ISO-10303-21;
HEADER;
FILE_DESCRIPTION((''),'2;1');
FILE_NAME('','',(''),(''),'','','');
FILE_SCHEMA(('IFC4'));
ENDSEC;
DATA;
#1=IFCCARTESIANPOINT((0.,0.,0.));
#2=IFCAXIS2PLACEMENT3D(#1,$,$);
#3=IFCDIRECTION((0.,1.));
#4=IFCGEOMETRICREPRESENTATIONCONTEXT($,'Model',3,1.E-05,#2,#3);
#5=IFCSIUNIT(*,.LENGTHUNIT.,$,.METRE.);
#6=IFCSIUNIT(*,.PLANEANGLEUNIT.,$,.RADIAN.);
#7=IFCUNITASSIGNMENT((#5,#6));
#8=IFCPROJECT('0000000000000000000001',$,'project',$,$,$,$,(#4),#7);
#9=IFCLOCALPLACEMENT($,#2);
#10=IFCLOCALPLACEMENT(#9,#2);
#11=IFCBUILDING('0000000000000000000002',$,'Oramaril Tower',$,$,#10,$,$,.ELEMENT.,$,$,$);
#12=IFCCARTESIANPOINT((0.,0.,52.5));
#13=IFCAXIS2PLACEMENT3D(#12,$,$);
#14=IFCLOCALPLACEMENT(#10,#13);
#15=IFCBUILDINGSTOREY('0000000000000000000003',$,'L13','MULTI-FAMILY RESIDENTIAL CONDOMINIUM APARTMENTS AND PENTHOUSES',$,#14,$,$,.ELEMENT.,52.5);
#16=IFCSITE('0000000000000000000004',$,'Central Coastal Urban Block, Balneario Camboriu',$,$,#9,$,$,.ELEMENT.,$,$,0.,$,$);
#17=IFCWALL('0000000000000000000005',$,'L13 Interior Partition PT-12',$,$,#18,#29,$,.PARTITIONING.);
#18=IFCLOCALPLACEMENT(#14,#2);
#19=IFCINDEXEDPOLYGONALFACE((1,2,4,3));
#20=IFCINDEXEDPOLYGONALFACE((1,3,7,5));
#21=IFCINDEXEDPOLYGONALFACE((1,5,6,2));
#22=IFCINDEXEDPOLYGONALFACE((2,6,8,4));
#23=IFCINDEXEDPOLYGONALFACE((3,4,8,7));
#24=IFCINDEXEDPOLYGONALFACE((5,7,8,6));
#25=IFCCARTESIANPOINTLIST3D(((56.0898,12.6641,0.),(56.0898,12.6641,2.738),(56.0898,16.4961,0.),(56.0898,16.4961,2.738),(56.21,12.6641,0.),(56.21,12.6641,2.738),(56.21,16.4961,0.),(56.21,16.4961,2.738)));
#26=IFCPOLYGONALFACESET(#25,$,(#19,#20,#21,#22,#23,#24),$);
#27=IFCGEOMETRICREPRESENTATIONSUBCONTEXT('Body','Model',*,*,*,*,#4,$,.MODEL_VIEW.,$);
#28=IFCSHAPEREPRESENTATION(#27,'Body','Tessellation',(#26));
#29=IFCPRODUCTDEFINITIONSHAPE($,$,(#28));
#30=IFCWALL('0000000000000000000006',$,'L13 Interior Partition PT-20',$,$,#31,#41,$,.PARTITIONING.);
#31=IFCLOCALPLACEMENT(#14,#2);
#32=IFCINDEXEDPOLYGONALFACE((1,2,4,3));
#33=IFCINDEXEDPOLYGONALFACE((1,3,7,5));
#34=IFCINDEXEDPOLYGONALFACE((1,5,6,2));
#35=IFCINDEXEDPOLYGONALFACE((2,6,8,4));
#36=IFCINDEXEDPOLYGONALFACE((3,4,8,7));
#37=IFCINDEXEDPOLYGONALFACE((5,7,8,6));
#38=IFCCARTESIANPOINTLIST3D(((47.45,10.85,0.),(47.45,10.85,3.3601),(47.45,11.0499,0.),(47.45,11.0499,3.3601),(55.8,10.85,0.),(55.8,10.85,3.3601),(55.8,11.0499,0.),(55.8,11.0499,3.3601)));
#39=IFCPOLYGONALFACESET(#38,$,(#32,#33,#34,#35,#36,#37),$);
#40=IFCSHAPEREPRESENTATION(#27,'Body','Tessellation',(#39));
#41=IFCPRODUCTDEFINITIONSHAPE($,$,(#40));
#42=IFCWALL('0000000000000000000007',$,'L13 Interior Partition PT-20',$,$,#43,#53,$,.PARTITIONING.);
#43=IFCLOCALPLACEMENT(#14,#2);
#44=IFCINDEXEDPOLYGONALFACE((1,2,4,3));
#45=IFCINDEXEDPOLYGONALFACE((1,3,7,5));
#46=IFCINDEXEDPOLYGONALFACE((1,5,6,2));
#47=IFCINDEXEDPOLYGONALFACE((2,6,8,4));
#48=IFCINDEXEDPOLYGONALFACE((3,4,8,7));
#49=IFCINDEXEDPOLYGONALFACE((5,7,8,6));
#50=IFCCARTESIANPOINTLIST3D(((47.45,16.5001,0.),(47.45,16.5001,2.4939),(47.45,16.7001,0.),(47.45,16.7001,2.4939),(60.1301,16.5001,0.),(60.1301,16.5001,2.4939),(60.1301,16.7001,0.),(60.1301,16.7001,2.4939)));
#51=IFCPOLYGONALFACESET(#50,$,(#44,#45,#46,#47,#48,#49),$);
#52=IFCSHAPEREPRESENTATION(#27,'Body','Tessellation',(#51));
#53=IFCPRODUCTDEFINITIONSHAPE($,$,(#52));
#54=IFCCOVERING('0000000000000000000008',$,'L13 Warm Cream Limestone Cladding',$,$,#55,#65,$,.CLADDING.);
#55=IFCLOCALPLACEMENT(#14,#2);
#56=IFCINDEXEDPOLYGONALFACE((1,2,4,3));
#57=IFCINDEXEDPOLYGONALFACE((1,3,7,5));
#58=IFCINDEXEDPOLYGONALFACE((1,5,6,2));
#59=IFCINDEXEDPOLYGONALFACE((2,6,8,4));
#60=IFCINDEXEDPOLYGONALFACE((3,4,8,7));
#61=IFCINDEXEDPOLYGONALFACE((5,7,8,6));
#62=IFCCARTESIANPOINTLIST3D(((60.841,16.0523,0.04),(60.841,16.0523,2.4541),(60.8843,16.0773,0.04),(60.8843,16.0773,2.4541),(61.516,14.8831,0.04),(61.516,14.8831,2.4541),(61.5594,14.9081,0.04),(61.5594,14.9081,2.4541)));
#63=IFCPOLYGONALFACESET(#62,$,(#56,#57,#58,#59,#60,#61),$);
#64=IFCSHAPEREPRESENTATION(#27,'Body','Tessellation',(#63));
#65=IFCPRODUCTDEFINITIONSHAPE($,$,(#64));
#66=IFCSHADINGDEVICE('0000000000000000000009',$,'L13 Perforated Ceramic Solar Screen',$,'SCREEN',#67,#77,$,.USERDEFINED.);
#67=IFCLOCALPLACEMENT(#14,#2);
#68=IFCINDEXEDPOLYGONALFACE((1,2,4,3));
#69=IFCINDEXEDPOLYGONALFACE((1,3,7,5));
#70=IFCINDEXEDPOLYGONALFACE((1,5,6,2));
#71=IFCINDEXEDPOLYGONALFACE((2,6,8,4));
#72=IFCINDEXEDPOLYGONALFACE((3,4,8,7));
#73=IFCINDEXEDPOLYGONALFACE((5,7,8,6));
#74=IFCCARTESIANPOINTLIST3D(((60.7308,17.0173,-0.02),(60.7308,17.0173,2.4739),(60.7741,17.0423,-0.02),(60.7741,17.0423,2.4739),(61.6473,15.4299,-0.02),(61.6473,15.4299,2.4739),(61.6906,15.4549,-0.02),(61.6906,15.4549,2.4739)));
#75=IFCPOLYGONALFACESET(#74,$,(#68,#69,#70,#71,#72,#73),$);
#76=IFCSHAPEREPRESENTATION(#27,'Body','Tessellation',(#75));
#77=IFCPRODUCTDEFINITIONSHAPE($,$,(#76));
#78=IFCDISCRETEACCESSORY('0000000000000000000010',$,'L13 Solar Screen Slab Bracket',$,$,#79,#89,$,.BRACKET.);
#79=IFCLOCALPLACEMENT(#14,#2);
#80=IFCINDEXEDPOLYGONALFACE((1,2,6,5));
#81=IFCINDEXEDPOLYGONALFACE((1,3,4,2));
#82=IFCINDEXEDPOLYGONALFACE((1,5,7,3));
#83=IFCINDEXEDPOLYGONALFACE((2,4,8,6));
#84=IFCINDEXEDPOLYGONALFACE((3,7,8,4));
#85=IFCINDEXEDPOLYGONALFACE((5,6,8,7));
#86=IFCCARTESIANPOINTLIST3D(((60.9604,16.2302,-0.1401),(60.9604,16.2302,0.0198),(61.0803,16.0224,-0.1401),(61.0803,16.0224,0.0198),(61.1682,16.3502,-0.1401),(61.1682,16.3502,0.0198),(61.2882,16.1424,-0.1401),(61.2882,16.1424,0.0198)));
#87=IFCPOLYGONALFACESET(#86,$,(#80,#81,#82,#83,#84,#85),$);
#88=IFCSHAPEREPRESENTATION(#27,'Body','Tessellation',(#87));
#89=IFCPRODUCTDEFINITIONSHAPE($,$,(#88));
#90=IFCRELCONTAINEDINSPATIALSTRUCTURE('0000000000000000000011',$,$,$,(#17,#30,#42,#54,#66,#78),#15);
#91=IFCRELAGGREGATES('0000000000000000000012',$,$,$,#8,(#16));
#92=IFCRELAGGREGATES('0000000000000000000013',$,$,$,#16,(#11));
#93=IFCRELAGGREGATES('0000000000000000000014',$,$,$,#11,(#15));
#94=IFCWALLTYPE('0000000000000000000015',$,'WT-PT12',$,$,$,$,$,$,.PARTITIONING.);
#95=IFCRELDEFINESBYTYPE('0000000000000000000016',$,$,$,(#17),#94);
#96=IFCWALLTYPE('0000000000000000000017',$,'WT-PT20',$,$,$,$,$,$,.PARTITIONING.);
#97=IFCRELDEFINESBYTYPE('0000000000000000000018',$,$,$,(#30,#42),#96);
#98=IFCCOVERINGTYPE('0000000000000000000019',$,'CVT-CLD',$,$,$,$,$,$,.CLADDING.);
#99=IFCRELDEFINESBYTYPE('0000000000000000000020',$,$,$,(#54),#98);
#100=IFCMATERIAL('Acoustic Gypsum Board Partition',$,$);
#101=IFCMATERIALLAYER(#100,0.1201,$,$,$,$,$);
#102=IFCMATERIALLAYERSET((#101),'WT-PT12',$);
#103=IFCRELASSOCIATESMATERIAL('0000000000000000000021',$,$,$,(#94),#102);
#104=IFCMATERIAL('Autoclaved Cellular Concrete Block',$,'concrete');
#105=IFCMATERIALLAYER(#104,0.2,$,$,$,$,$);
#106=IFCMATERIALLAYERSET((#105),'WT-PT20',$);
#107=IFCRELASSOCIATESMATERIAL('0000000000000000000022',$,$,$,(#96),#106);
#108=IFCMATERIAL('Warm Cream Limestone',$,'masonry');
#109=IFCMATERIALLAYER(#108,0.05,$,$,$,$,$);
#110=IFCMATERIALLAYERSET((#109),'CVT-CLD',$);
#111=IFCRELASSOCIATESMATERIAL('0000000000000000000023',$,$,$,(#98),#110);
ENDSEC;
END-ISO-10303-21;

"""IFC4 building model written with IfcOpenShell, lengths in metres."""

from ifc_helpers import new_model, si_unit, direction, frame, frame_2d, origin, origin_2d, place, context, subcontext, project, spatial, rectangle, extrude, material, layer, layer_set, type_object, element, save


model = new_model("IFC4")

# Units and contexts
model_context = context("Model", 3, precision=1e-05, world=origin(), true_north=direction((0.0, 1.0)))
body_context = subcontext(model_context, "Body", "Model", "MODEL_VIEW")
ifc_project = project(units=[si_unit("LENGTHUNIT", "METRE"), si_unit("PLANEANGLEUNIT", "RADIAN")], contexts=[model_context])

# Site, building, storey
site_placement = place(None, origin())
site = spatial("IfcSite", under=ifc_project, at=site_placement, Name="Central Coastal Urban Block, Balneario Camboriu", CompositionType="ELEMENT", RefElevation=0.0)
building_placement = place(site_placement, origin())
building = spatial("IfcBuilding", under=site, at=building_placement, Name="Oramaril Tower", CompositionType="ELEMENT")
storey_placement = place(building_placement, frame((0.0, 0.0, 52.5)))
storey = spatial("IfcBuildingStorey", under=building, at=storey_placement, Name="L13", Description="MULTI-FAMILY RESIDENTIAL CONDOMINIUM APARTMENTS AND PENTHOUSES", CompositionType="ELEMENT", Elevation=52.5)

# Wall
ifc_material_1 = material(Name="Acoustic Gypsum Board Partition")
ifc_layer_1 = layer(ifc_material_1, 0.1201)
ifc_layer_set_1 = layer_set([ifc_layer_1], Name="WT-PT12")
wall_type_1 = type_object("IfcWallType", Name="WT-PT12", PredefinedType="PARTITIONING", material=ifc_layer_set_1)
wall_1_placement = place(storey_placement, frame((56.1499, 12.6641, 0.0), z_axis=(0.0, 0.0, 1.0), x_axis=(0.0, 1.0, 0.0)))
element("IfcWall", 1, at=wall_1_placement, inside=storey, type_object=wall_type_1, Name="L13 Interior Partition PT-12", PredefinedType="PARTITIONING", context=body_context, shape_type="SweptSolid", body=[
    extrude(rectangle(XDim=3.832, YDim=0.1201, at=frame_2d((1.916, 0.0))), origin(), (0.0, 0.0, 1.0), 2.738),
])

# Walls
ifc_material_2 = material(Name="Autoclaved Cellular Concrete Block", Category="concrete")
ifc_layer_2 = layer(ifc_material_2, 0.2)
ifc_layer_set_2 = layer_set([ifc_layer_2], Name="WT-PT20")
wall_type_2 = type_object("IfcWallType", Name="WT-PT20", PredefinedType="PARTITIONING", material=ifc_layer_set_2)
wall_2_placement = place(storey_placement, frame((47.45, 10.95, 0.0), z_axis=(0.0, 0.0, 1.0), x_axis=(1.0, 0.0, 0.0)))
element("IfcWall", 2, at=wall_2_placement, inside=storey, type_object=wall_type_2, Name="L13 Interior Partition PT-20", PredefinedType="PARTITIONING", context=body_context, shape_type="SweptSolid", body=[
    extrude(rectangle(XDim=8.3501, YDim=0.2, at=frame_2d((4.175, 0.0))), origin(), (0.0, 0.0, 1.0), 3.3601),
])
wall_3_placement = place(storey_placement, frame((47.45, 16.6001, 0.0), z_axis=(0.0, 0.0, 1.0), x_axis=(1.0, 0.0, 0.0)))
element("IfcWall", 3, at=wall_3_placement, inside=storey, type_object=wall_type_2, Name="L13 Interior Partition PT-20", PredefinedType="PARTITIONING", context=body_context, shape_type="SweptSolid", body=[
    extrude(rectangle(XDim=12.6802, YDim=0.2, at=frame_2d((6.3401, 0.0))), origin(), (0.0, 0.0, 1.0), 2.4939),
])

# Covering
ifc_material_3 = material(Name="Warm Cream Limestone", Category="masonry")
ifc_layer_3 = layer(ifc_material_3, 0.05)
ifc_layer_set_3 = layer_set([ifc_layer_3], Name="CVT-CLD")
covering_type = type_object("IfcCoveringType", Name="CVT-CLD", PredefinedType="CLADDING", material=ifc_layer_set_3)
covering_placement = place(storey_placement, frame((61.2002, 15.4802, 0.04), z_axis=(0.0, 0.0, 1.0), x_axis=(-0.5, 0.866025, 0.0)))
element("IfcCovering", 4, at=covering_placement, inside=storey, type_object=covering_type, Name="L13 Warm Cream Limestone Cladding", PredefinedType="CLADDING", context=body_context, shape_type="SweptSolid", body=[
    extrude(rectangle(XDim=1.3501, YDim=0.05, at=origin_2d()), origin(), (0.0, 0.0, 1.0), 2.4141),
])

# Shading device
shading_device_placement = place(storey_placement, frame((61.2107, 16.2361, -0.02), z_axis=(0.0, 0.0, 1.0), x_axis=(-0.5, 0.866025, 0.0)))
element("IfcShadingDevice", 5, at=shading_device_placement, inside=storey, Name="L13 Perforated Ceramic Solar Screen", ObjectType="SCREEN", PredefinedType="USERDEFINED", context=body_context, shape_type="SweptSolid", body=[
    extrude(rectangle(XDim=1.833, YDim=0.05, at=origin_2d()), origin(), (0.0, 0.0, 1.0), 2.4939),
])

# Discrete accessory
discrete_accessory_placement = place(storey_placement, frame((61.1243, 16.1863, -0.1401), z_axis=(0.0, 0.0, 1.0), x_axis=(-0.5, 0.866025, 0.0)))
element("IfcDiscreteAccessory", 6, at=discrete_accessory_placement, inside=storey, Name="L13 Solar Screen Slab Bracket", PredefinedType="BRACKET", context=body_context, shape_type="SweptSolid", body=[
    extrude(rectangle(XDim=0.24, YDim=0.24, at=origin_2d()), origin(), (0.0, 0.0, 1.0), 0.1599),
])

save(model, "model.ifc")
